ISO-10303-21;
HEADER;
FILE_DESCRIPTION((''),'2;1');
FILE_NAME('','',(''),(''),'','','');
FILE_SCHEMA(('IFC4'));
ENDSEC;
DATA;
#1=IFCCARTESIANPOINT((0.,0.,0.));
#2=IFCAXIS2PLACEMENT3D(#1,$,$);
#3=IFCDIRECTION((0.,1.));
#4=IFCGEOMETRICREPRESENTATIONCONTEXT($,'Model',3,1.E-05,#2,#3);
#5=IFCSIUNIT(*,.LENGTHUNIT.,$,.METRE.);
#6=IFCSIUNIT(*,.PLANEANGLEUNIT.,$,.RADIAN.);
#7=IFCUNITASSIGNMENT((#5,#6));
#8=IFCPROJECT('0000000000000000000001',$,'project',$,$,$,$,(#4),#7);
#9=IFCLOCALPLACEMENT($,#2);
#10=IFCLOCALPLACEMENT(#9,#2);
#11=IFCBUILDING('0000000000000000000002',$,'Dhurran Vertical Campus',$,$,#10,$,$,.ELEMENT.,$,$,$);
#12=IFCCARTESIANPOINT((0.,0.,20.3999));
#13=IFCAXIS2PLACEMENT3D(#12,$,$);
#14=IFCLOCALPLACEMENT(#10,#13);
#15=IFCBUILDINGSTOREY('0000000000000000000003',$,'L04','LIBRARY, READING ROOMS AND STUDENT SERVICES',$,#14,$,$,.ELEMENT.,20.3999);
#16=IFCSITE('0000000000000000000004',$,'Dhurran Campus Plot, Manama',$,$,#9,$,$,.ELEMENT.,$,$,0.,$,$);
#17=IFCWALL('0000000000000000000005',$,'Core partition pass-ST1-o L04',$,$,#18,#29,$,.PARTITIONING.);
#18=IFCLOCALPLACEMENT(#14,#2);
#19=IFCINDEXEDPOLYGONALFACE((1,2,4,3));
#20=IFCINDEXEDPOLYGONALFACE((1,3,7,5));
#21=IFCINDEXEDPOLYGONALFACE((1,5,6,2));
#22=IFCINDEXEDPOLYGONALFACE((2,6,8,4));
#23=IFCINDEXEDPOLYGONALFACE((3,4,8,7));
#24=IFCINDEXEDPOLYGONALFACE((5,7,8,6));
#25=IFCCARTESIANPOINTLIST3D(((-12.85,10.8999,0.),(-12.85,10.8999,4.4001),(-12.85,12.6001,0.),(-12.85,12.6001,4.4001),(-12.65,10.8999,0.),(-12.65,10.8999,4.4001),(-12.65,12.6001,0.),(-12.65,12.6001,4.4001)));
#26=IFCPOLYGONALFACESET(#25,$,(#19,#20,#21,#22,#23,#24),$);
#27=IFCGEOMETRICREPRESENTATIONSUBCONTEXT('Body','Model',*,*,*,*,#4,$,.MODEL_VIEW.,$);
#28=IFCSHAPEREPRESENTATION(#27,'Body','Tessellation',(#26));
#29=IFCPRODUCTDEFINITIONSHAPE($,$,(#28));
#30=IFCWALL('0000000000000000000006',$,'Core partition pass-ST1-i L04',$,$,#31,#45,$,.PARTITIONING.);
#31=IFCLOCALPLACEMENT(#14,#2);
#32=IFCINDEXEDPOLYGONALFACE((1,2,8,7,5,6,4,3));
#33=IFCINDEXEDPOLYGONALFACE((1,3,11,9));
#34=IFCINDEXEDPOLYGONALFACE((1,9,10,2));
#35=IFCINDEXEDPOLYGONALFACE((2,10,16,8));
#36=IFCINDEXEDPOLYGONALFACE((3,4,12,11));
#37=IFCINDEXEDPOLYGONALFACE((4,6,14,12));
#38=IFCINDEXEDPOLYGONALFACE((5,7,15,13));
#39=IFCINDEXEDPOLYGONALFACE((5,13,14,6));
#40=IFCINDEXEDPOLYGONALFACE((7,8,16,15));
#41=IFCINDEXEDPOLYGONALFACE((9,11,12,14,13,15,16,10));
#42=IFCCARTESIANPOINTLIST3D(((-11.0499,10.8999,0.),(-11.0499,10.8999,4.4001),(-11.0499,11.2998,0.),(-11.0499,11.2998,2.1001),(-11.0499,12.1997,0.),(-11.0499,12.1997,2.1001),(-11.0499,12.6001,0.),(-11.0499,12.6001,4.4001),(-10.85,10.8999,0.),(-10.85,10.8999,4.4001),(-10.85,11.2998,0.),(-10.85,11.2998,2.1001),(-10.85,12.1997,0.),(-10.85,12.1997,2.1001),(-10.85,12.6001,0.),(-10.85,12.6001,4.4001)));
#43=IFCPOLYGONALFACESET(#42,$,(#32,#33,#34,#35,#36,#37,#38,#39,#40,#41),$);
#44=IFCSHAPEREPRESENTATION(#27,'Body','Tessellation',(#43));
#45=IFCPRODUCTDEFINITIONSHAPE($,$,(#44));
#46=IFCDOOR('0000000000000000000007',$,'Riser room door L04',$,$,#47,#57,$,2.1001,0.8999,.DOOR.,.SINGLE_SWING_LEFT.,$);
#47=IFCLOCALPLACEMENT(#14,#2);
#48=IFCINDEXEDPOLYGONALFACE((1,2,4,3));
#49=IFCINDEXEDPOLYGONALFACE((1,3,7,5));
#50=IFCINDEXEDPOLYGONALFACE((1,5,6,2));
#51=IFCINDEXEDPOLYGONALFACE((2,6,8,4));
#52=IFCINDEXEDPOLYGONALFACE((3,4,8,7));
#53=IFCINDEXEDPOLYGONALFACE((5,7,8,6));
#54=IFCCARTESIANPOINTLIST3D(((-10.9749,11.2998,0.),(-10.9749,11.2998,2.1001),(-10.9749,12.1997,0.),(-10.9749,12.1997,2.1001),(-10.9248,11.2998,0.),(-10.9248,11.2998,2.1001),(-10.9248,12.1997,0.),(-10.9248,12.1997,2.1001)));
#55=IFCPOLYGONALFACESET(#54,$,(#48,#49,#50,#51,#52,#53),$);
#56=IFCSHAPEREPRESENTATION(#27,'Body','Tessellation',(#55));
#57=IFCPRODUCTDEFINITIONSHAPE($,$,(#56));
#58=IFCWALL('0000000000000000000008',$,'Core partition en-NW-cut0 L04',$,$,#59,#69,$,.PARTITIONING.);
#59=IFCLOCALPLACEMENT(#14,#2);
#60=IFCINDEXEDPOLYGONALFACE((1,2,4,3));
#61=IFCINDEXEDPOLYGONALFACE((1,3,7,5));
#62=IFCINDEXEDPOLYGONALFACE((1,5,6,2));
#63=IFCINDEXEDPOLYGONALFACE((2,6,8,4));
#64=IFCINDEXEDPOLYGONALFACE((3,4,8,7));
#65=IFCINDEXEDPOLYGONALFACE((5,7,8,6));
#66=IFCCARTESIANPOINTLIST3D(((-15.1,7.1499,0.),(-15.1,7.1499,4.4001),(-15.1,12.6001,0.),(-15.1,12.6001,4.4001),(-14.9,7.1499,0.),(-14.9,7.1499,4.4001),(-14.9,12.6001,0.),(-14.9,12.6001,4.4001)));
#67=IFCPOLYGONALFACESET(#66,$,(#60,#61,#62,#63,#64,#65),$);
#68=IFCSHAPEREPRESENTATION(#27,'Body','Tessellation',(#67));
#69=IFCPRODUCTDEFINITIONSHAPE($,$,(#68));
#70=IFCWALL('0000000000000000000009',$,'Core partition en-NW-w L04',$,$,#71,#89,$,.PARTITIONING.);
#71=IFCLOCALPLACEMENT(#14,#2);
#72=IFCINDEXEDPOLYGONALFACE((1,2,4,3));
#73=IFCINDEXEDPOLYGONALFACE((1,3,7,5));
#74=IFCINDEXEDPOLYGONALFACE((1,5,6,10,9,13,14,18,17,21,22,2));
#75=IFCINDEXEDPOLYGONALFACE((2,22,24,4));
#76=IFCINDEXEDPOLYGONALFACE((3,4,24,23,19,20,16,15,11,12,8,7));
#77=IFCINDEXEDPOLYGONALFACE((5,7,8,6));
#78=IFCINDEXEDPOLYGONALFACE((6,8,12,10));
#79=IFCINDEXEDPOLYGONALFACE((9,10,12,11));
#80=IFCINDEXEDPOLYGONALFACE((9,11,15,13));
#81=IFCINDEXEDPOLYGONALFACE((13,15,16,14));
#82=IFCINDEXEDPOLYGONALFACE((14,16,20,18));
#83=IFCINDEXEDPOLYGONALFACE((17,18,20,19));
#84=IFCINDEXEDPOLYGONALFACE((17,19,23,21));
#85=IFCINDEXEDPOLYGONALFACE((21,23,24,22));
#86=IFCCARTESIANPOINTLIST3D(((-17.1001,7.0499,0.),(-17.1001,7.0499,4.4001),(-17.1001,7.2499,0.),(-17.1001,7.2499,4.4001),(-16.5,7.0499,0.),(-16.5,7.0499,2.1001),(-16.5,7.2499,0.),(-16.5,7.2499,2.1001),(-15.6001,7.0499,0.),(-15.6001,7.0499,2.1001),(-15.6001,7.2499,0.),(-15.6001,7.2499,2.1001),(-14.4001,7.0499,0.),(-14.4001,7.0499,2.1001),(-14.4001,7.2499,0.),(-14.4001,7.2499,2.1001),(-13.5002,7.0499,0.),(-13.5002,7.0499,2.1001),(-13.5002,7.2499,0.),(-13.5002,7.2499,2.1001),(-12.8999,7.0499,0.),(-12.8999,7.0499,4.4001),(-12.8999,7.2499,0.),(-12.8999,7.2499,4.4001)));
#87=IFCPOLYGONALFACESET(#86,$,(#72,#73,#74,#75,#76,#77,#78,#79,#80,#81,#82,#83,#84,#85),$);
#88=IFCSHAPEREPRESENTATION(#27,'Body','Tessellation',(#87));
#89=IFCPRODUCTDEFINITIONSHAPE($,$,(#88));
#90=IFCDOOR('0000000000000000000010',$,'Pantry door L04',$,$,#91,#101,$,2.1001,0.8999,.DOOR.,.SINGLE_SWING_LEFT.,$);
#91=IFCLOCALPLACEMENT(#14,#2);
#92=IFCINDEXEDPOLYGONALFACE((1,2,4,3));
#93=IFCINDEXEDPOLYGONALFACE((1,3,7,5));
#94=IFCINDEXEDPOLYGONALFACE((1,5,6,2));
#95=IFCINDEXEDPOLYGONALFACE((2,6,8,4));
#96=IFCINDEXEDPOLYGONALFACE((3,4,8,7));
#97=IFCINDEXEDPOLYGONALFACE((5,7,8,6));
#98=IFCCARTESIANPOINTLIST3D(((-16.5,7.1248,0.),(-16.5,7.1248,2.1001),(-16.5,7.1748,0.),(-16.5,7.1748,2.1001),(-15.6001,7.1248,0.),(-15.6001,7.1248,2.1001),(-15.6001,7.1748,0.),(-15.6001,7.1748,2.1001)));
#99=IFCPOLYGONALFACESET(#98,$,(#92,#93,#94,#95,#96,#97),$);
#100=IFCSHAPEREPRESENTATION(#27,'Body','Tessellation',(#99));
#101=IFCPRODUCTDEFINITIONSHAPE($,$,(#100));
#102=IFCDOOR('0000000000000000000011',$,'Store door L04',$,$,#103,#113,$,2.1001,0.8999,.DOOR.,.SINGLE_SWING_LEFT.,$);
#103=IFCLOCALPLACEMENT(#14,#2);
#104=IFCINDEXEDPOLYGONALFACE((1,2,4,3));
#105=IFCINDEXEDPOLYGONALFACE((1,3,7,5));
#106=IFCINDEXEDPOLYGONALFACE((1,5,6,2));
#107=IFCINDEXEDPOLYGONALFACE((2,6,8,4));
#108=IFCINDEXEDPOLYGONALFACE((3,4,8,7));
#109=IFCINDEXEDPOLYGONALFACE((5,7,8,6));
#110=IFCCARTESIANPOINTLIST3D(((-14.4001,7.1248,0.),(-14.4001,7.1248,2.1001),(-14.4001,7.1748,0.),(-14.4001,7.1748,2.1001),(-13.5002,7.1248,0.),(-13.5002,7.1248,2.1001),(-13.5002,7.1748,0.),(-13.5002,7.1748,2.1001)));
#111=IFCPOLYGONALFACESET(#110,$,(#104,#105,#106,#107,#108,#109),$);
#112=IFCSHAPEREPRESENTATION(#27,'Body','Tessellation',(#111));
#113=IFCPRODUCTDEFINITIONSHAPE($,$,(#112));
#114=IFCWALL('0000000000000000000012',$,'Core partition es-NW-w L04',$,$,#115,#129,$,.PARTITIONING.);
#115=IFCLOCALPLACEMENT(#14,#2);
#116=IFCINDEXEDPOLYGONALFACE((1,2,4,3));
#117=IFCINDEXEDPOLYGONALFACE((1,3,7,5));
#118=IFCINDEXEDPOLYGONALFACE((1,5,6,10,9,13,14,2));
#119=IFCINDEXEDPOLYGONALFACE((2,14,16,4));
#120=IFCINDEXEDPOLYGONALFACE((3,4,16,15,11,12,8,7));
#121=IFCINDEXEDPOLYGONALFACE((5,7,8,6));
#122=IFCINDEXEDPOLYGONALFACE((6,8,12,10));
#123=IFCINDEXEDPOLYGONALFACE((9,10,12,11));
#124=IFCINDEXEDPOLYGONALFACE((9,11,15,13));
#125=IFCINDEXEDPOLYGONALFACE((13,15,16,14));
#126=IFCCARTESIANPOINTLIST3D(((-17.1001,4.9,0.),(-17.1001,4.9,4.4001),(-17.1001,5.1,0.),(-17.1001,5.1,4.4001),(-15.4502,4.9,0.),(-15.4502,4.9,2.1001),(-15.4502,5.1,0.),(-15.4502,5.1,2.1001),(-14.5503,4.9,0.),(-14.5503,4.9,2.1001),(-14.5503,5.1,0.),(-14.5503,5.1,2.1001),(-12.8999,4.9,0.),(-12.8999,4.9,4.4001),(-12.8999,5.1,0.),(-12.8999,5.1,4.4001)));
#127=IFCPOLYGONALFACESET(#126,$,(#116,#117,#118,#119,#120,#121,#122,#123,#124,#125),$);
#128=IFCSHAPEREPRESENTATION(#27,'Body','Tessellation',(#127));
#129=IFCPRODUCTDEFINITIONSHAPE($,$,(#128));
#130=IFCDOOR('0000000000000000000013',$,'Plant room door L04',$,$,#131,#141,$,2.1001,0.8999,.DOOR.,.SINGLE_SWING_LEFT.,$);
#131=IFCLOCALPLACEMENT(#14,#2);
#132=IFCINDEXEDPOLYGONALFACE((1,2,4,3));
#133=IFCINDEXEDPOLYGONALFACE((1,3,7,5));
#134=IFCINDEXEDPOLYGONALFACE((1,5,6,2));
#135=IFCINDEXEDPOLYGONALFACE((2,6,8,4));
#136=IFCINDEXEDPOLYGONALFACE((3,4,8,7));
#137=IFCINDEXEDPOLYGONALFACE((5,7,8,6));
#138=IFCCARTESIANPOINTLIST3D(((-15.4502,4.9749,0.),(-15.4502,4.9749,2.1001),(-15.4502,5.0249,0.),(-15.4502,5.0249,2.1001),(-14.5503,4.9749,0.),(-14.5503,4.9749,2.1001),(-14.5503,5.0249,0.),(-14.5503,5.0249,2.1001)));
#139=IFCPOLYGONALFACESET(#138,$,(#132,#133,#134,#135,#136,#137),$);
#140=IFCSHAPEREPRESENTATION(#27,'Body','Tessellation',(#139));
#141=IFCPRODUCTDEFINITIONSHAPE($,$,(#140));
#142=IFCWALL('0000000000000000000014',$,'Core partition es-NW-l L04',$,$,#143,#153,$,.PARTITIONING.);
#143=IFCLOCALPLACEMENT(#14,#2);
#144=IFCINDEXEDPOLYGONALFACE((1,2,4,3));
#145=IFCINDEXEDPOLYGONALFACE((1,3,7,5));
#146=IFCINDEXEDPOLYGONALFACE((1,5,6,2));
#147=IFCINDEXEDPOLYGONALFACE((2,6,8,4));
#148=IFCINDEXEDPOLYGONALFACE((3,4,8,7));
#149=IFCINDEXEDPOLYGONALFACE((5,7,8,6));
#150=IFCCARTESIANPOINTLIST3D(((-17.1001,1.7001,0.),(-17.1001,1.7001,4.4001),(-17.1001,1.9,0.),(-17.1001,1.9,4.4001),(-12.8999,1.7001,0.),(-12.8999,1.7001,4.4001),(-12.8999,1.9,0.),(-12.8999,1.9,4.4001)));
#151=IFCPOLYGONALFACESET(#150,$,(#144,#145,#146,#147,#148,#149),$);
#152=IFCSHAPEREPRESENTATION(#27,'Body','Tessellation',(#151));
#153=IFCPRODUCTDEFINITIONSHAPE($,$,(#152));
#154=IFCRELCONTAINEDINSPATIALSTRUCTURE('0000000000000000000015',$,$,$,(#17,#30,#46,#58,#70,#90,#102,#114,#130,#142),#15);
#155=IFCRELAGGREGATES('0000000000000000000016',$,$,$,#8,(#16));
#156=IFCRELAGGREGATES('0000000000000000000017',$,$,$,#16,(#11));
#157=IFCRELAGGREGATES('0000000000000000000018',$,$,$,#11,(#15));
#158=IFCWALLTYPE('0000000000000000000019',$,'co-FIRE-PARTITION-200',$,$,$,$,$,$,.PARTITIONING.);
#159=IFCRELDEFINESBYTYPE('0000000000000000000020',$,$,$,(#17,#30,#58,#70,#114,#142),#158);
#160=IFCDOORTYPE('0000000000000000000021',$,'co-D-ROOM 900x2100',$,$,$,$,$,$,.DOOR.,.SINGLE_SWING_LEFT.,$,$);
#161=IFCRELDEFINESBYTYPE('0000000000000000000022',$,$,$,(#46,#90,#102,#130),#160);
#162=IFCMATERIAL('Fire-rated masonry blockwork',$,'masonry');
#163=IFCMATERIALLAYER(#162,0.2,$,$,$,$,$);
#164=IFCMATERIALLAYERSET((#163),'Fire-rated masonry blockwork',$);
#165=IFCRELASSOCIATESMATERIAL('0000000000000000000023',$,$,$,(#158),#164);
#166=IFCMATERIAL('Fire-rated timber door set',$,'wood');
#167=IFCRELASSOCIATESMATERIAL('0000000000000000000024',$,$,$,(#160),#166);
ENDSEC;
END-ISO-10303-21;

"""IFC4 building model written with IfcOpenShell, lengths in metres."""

from ifc_helpers import new_model, si_unit, direction, frame, frame_2d, origin, place, context, subcontext, project, spatial, rectangle, extrude, material, layer, layer_set, type_object, element, fill, save


model = new_model("IFC4")

# Units and contexts
model_context = context("Model", 3, precision=1e-05, world=origin(), true_north=direction((0.0, 1.0)))
body_context = subcontext(model_context, "Body", "Model", "MODEL_VIEW")
ifc_project = project(units=[si_unit("LENGTHUNIT", "METRE"), si_unit("PLANEANGLEUNIT", "RADIAN")], contexts=[model_context])

# Site, building, storey
site_placement = place(None, origin())
site = spatial("IfcSite", under=ifc_project, at=site_placement, Name="Dhurran Campus Plot, Manama", CompositionType="ELEMENT", RefElevation=0.0)
building_placement = place(site_placement, origin())
building = spatial("IfcBuilding", under=site, at=building_placement, Name="Dhurran Vertical Campus", CompositionType="ELEMENT")
storey_placement = place(building_placement, frame((0.0, 0.0, 20.3999)))
storey = spatial("IfcBuildingStorey", under=building, at=storey_placement, Name="L04", Description="LIBRARY, READING ROOMS AND STUDENT SERVICES", CompositionType="ELEMENT", Elevation=20.3999)

# Wall
ifc_material_1 = material(Name="Fire-rated masonry blockwork", Category="masonry")
ifc_layer_1 = layer(ifc_material_1, 0.2)
ifc_layer_set_1 = layer_set([ifc_layer_1], Name="Fire-rated masonry blockwork")
wall_type_1 = type_object("IfcWallType", Name="co-FIRE-PARTITION-200", PredefinedType="PARTITIONING", material=ifc_layer_set_1)
wall_1_placement = place(storey_placement, frame((-12.75, 10.8999, 0.0), z_axis=(0.0, 0.0, 1.0), x_axis=(0.0, 1.0, 0.0)))
element("IfcWall", 1, at=wall_1_placement, inside=storey, type_object=wall_type_1, Name="Core partition pass-ST1-o L04", PredefinedType="PARTITIONING", context=body_context, shape_type="SweptSolid", body=[
    extrude(rectangle(XDim=1.7002, YDim=0.2, at=frame_2d((0.8501, 0.0))), origin(), (0.0, 0.0, 1.0), 4.4001),
])

# Wall, opening, door
wall_2_placement = place(storey_placement, frame((-10.95, 10.8999, 0.0), z_axis=(0.0, 0.0, 1.0), x_axis=(0.0, 1.0, 0.0)))
wall_2 = element("IfcWall", 2, at=wall_2_placement, inside=storey, type_object=wall_type_1, Name="Core partition pass-ST1-i L04", PredefinedType="PARTITIONING", context=body_context, shape_type="SweptSolid", body=[
    extrude(rectangle(XDim=1.7002, YDim=0.2, at=frame_2d((0.8501, 0.0))), origin(), (0.0, 0.0, 1.0), 4.4001),
])
opening_1_placement = place(wall_2_placement, frame((0.3999, 0.0, 0.0)))
opening_1 = element("IfcOpeningElement", 3, at=opening_1_placement, cuts=wall_2, PredefinedType="OPENING", context=body_context, shape_type="SweptSolid", body=[
    extrude(rectangle(XDim=0.8999, YDim=2.1001, at=frame_2d((0.45, 1.05))), frame((0.0, 0.1099, 0.0), z_axis=(0.0, -1.0, 0.0), x_axis=(1.0, 0.0, 0.0)), (0.0, 0.0, 1.0), 0.22),
])
ifc_material_2 = material(Name="Fire-rated timber door set", Category="wood")
door_type_1 = type_object("IfcDoorType", Name="co-D-ROOM 900x2100", OperationType="SINGLE_SWING_LEFT", PredefinedType="DOOR", material=ifc_material_2)
door_1_placement = place(opening_1_placement, origin())
door_1 = element("IfcDoor", 4, at=door_1_placement, inside=storey, type_object=door_type_1, Name="Riser room door L04", OperationType="SINGLE_SWING_LEFT", OverallHeight=2.1001, OverallWidth=0.8999, PredefinedType="DOOR", context=body_context, shape_type="SweptSolid", body=[
    extrude(rectangle(XDim=0.8999, YDim=2.1001, at=frame_2d((0.45, 1.05))), frame((0.0, 0.0249, 0.0), z_axis=(0.0, -1.0, 0.0), x_axis=(1.0, 0.0, 0.0)), (0.0, 0.0, 1.0), 0.05),
])
fill(opening_1, door_1)

# Wall
wall_3_placement = place(storey_placement, frame((-15.0, 7.1499, 0.0), z_axis=(0.0, 0.0, 1.0), x_axis=(0.0, 1.0, 0.0)))
element("IfcWall", 5, at=wall_3_placement, inside=storey, type_object=wall_type_1, Name="Core partition en-NW-cut0 L04", PredefinedType="PARTITIONING", context=body_context, shape_type="SweptSolid", body=[
    extrude(rectangle(XDim=5.4502, YDim=0.2, at=frame_2d((2.7251, 0.0))), origin(), (0.0, 0.0, 1.0), 4.4001),
])

# Wall, openings, doors
wall_4_placement = place(storey_placement, frame((-17.1001, 7.1499, 0.0), z_axis=(0.0, 0.0, 1.0), x_axis=(1.0, 0.0, 0.0)))
wall_4 = element("IfcWall", 6, at=wall_4_placement, inside=storey, type_object=wall_type_1, Name="Core partition en-NW-w L04", PredefinedType="PARTITIONING", context=body_context, shape_type="SweptSolid", body=[
    extrude(rectangle(XDim=4.2002, YDim=0.2, at=frame_2d((2.1001, 0.0))), origin(), (0.0, 0.0, 1.0), 4.4001),
])
opening_2_placement = place(wall_4_placement, frame((0.6001, 0.0, 0.0)))
opening_2 = element("IfcOpeningElement", 7, at=opening_2_placement, cuts=wall_4, PredefinedType="OPENING", context=body_context, shape_type="SweptSolid", body=[
    extrude(rectangle(XDim=0.8999, YDim=2.1001, at=frame_2d((0.45, 1.05))), frame((0.0, 0.1099, 0.0), z_axis=(0.0, -1.0, 0.0), x_axis=(1.0, 0.0, 0.0)), (0.0, 0.0, 1.0), 0.22),
])
opening_3_placement = place(wall_4_placement, frame((2.7, 0.0, 0.0)))
opening_3 = element("IfcOpeningElement", 8, at=opening_3_placement, cuts=wall_4, PredefinedType="OPENING", context=body_context, shape_type="SweptSolid", body=[
    extrude(rectangle(XDim=0.8999, YDim=2.1001, at=frame_2d((0.45, 1.05))), frame((0.0, 0.1099, 0.0), z_axis=(0.0, -1.0, 0.0), x_axis=(1.0, 0.0, 0.0)), (0.0, 0.0, 1.0), 0.22),
])
door_2_placement = place(opening_2_placement, origin())
door_2 = element("IfcDoor", 9, at=door_2_placement, inside=storey, type_object=door_type_1, Name="Pantry door L04", OperationType="SINGLE_SWING_LEFT", OverallHeight=2.1001, OverallWidth=0.8999, PredefinedType="DOOR", context=body_context, shape_type="SweptSolid", body=[
    extrude(rectangle(XDim=0.8999, YDim=2.1001, at=frame_2d((0.45, 1.05))), frame((0.0, 0.0249, 0.0), z_axis=(0.0, -1.0, 0.0), x_axis=(1.0, 0.0, 0.0)), (0.0, 0.0, 1.0), 0.05),
])
fill(opening_2, door_2)
door_3_placement = place(opening_3_placement, origin())
door_3 = element("IfcDoor", 10, at=door_3_placement, inside=storey, type_object=door_type_1, Name="Store door L04", OperationType="SINGLE_SWING_LEFT", OverallHeight=2.1001, OverallWidth=0.8999, PredefinedType="DOOR", context=body_context, shape_type="SweptSolid", body=[
    extrude(rectangle(XDim=0.8999, YDim=2.1001, at=frame_2d((0.45, 1.05))), frame((0.0, 0.0249, 0.0), z_axis=(0.0, -1.0, 0.0), x_axis=(1.0, 0.0, 0.0)), (0.0, 0.0, 1.0), 0.05),
])
fill(opening_3, door_3)

# Wall, opening, door
wall_5_placement = place(storey_placement, frame((-17.1001, 5.0, 0.0), z_axis=(0.0, 0.0, 1.0), x_axis=(1.0, 0.0, 0.0)))
wall_5 = element("IfcWall", 11, at=wall_5_placement, inside=storey, type_object=wall_type_1, Name="Core partition es-NW-w L04", PredefinedType="PARTITIONING", context=body_context, shape_type="SweptSolid", body=[
    extrude(rectangle(XDim=4.2002, YDim=0.2, at=frame_2d((2.1001, 0.0))), origin(), (0.0, 0.0, 1.0), 4.4001),
])
opening_4_placement = place(wall_5_placement, frame((1.6499, 0.0, 0.0)))
opening_4 = element("IfcOpeningElement", 12, at=opening_4_placement, cuts=wall_5, PredefinedType="OPENING", context=body_context, shape_type="SweptSolid", body=[
    extrude(rectangle(XDim=0.8999, YDim=2.1001, at=frame_2d((0.45, 1.05))), frame((0.0, 0.1099, 0.0), z_axis=(0.0, -1.0, 0.0), x_axis=(1.0, 0.0, 0.0)), (0.0, 0.0, 1.0), 0.22),
])
door_4_placement = place(opening_4_placement, origin())
door_4 = element("IfcDoor", 13, at=door_4_placement, inside=storey, type_object=door_type_1, Name="Plant room door L04", OperationType="SINGLE_SWING_LEFT", OverallHeight=2.1001, OverallWidth=0.8999, PredefinedType="DOOR", context=body_context, shape_type="SweptSolid", body=[
    extrude(rectangle(XDim=0.8999, YDim=2.1001, at=frame_2d((0.45, 1.05))), frame((0.0, 0.0249, 0.0), z_axis=(0.0, -1.0, 0.0), x_axis=(1.0, 0.0, 0.0)), (0.0, 0.0, 1.0), 0.05),
])
fill(opening_4, door_4)

# Wall
wall_6_placement = place(storey_placement, frame((-17.1001, 1.8, 0.0), z_axis=(0.0, 0.0, 1.0), x_axis=(1.0, 0.0, 0.0)))
element("IfcWall", 14, at=wall_6_placement, inside=storey, type_object=wall_type_1, Name="Core partition es-NW-l L04", PredefinedType="PARTITIONING", context=body_context, shape_type="SweptSolid", body=[
    extrude(rectangle(XDim=4.2002, YDim=0.2, at=frame_2d((2.1001, 0.0))), origin(), (0.0, 0.0, 1.0), 4.4001),
])

save(model, "model.ifc")
